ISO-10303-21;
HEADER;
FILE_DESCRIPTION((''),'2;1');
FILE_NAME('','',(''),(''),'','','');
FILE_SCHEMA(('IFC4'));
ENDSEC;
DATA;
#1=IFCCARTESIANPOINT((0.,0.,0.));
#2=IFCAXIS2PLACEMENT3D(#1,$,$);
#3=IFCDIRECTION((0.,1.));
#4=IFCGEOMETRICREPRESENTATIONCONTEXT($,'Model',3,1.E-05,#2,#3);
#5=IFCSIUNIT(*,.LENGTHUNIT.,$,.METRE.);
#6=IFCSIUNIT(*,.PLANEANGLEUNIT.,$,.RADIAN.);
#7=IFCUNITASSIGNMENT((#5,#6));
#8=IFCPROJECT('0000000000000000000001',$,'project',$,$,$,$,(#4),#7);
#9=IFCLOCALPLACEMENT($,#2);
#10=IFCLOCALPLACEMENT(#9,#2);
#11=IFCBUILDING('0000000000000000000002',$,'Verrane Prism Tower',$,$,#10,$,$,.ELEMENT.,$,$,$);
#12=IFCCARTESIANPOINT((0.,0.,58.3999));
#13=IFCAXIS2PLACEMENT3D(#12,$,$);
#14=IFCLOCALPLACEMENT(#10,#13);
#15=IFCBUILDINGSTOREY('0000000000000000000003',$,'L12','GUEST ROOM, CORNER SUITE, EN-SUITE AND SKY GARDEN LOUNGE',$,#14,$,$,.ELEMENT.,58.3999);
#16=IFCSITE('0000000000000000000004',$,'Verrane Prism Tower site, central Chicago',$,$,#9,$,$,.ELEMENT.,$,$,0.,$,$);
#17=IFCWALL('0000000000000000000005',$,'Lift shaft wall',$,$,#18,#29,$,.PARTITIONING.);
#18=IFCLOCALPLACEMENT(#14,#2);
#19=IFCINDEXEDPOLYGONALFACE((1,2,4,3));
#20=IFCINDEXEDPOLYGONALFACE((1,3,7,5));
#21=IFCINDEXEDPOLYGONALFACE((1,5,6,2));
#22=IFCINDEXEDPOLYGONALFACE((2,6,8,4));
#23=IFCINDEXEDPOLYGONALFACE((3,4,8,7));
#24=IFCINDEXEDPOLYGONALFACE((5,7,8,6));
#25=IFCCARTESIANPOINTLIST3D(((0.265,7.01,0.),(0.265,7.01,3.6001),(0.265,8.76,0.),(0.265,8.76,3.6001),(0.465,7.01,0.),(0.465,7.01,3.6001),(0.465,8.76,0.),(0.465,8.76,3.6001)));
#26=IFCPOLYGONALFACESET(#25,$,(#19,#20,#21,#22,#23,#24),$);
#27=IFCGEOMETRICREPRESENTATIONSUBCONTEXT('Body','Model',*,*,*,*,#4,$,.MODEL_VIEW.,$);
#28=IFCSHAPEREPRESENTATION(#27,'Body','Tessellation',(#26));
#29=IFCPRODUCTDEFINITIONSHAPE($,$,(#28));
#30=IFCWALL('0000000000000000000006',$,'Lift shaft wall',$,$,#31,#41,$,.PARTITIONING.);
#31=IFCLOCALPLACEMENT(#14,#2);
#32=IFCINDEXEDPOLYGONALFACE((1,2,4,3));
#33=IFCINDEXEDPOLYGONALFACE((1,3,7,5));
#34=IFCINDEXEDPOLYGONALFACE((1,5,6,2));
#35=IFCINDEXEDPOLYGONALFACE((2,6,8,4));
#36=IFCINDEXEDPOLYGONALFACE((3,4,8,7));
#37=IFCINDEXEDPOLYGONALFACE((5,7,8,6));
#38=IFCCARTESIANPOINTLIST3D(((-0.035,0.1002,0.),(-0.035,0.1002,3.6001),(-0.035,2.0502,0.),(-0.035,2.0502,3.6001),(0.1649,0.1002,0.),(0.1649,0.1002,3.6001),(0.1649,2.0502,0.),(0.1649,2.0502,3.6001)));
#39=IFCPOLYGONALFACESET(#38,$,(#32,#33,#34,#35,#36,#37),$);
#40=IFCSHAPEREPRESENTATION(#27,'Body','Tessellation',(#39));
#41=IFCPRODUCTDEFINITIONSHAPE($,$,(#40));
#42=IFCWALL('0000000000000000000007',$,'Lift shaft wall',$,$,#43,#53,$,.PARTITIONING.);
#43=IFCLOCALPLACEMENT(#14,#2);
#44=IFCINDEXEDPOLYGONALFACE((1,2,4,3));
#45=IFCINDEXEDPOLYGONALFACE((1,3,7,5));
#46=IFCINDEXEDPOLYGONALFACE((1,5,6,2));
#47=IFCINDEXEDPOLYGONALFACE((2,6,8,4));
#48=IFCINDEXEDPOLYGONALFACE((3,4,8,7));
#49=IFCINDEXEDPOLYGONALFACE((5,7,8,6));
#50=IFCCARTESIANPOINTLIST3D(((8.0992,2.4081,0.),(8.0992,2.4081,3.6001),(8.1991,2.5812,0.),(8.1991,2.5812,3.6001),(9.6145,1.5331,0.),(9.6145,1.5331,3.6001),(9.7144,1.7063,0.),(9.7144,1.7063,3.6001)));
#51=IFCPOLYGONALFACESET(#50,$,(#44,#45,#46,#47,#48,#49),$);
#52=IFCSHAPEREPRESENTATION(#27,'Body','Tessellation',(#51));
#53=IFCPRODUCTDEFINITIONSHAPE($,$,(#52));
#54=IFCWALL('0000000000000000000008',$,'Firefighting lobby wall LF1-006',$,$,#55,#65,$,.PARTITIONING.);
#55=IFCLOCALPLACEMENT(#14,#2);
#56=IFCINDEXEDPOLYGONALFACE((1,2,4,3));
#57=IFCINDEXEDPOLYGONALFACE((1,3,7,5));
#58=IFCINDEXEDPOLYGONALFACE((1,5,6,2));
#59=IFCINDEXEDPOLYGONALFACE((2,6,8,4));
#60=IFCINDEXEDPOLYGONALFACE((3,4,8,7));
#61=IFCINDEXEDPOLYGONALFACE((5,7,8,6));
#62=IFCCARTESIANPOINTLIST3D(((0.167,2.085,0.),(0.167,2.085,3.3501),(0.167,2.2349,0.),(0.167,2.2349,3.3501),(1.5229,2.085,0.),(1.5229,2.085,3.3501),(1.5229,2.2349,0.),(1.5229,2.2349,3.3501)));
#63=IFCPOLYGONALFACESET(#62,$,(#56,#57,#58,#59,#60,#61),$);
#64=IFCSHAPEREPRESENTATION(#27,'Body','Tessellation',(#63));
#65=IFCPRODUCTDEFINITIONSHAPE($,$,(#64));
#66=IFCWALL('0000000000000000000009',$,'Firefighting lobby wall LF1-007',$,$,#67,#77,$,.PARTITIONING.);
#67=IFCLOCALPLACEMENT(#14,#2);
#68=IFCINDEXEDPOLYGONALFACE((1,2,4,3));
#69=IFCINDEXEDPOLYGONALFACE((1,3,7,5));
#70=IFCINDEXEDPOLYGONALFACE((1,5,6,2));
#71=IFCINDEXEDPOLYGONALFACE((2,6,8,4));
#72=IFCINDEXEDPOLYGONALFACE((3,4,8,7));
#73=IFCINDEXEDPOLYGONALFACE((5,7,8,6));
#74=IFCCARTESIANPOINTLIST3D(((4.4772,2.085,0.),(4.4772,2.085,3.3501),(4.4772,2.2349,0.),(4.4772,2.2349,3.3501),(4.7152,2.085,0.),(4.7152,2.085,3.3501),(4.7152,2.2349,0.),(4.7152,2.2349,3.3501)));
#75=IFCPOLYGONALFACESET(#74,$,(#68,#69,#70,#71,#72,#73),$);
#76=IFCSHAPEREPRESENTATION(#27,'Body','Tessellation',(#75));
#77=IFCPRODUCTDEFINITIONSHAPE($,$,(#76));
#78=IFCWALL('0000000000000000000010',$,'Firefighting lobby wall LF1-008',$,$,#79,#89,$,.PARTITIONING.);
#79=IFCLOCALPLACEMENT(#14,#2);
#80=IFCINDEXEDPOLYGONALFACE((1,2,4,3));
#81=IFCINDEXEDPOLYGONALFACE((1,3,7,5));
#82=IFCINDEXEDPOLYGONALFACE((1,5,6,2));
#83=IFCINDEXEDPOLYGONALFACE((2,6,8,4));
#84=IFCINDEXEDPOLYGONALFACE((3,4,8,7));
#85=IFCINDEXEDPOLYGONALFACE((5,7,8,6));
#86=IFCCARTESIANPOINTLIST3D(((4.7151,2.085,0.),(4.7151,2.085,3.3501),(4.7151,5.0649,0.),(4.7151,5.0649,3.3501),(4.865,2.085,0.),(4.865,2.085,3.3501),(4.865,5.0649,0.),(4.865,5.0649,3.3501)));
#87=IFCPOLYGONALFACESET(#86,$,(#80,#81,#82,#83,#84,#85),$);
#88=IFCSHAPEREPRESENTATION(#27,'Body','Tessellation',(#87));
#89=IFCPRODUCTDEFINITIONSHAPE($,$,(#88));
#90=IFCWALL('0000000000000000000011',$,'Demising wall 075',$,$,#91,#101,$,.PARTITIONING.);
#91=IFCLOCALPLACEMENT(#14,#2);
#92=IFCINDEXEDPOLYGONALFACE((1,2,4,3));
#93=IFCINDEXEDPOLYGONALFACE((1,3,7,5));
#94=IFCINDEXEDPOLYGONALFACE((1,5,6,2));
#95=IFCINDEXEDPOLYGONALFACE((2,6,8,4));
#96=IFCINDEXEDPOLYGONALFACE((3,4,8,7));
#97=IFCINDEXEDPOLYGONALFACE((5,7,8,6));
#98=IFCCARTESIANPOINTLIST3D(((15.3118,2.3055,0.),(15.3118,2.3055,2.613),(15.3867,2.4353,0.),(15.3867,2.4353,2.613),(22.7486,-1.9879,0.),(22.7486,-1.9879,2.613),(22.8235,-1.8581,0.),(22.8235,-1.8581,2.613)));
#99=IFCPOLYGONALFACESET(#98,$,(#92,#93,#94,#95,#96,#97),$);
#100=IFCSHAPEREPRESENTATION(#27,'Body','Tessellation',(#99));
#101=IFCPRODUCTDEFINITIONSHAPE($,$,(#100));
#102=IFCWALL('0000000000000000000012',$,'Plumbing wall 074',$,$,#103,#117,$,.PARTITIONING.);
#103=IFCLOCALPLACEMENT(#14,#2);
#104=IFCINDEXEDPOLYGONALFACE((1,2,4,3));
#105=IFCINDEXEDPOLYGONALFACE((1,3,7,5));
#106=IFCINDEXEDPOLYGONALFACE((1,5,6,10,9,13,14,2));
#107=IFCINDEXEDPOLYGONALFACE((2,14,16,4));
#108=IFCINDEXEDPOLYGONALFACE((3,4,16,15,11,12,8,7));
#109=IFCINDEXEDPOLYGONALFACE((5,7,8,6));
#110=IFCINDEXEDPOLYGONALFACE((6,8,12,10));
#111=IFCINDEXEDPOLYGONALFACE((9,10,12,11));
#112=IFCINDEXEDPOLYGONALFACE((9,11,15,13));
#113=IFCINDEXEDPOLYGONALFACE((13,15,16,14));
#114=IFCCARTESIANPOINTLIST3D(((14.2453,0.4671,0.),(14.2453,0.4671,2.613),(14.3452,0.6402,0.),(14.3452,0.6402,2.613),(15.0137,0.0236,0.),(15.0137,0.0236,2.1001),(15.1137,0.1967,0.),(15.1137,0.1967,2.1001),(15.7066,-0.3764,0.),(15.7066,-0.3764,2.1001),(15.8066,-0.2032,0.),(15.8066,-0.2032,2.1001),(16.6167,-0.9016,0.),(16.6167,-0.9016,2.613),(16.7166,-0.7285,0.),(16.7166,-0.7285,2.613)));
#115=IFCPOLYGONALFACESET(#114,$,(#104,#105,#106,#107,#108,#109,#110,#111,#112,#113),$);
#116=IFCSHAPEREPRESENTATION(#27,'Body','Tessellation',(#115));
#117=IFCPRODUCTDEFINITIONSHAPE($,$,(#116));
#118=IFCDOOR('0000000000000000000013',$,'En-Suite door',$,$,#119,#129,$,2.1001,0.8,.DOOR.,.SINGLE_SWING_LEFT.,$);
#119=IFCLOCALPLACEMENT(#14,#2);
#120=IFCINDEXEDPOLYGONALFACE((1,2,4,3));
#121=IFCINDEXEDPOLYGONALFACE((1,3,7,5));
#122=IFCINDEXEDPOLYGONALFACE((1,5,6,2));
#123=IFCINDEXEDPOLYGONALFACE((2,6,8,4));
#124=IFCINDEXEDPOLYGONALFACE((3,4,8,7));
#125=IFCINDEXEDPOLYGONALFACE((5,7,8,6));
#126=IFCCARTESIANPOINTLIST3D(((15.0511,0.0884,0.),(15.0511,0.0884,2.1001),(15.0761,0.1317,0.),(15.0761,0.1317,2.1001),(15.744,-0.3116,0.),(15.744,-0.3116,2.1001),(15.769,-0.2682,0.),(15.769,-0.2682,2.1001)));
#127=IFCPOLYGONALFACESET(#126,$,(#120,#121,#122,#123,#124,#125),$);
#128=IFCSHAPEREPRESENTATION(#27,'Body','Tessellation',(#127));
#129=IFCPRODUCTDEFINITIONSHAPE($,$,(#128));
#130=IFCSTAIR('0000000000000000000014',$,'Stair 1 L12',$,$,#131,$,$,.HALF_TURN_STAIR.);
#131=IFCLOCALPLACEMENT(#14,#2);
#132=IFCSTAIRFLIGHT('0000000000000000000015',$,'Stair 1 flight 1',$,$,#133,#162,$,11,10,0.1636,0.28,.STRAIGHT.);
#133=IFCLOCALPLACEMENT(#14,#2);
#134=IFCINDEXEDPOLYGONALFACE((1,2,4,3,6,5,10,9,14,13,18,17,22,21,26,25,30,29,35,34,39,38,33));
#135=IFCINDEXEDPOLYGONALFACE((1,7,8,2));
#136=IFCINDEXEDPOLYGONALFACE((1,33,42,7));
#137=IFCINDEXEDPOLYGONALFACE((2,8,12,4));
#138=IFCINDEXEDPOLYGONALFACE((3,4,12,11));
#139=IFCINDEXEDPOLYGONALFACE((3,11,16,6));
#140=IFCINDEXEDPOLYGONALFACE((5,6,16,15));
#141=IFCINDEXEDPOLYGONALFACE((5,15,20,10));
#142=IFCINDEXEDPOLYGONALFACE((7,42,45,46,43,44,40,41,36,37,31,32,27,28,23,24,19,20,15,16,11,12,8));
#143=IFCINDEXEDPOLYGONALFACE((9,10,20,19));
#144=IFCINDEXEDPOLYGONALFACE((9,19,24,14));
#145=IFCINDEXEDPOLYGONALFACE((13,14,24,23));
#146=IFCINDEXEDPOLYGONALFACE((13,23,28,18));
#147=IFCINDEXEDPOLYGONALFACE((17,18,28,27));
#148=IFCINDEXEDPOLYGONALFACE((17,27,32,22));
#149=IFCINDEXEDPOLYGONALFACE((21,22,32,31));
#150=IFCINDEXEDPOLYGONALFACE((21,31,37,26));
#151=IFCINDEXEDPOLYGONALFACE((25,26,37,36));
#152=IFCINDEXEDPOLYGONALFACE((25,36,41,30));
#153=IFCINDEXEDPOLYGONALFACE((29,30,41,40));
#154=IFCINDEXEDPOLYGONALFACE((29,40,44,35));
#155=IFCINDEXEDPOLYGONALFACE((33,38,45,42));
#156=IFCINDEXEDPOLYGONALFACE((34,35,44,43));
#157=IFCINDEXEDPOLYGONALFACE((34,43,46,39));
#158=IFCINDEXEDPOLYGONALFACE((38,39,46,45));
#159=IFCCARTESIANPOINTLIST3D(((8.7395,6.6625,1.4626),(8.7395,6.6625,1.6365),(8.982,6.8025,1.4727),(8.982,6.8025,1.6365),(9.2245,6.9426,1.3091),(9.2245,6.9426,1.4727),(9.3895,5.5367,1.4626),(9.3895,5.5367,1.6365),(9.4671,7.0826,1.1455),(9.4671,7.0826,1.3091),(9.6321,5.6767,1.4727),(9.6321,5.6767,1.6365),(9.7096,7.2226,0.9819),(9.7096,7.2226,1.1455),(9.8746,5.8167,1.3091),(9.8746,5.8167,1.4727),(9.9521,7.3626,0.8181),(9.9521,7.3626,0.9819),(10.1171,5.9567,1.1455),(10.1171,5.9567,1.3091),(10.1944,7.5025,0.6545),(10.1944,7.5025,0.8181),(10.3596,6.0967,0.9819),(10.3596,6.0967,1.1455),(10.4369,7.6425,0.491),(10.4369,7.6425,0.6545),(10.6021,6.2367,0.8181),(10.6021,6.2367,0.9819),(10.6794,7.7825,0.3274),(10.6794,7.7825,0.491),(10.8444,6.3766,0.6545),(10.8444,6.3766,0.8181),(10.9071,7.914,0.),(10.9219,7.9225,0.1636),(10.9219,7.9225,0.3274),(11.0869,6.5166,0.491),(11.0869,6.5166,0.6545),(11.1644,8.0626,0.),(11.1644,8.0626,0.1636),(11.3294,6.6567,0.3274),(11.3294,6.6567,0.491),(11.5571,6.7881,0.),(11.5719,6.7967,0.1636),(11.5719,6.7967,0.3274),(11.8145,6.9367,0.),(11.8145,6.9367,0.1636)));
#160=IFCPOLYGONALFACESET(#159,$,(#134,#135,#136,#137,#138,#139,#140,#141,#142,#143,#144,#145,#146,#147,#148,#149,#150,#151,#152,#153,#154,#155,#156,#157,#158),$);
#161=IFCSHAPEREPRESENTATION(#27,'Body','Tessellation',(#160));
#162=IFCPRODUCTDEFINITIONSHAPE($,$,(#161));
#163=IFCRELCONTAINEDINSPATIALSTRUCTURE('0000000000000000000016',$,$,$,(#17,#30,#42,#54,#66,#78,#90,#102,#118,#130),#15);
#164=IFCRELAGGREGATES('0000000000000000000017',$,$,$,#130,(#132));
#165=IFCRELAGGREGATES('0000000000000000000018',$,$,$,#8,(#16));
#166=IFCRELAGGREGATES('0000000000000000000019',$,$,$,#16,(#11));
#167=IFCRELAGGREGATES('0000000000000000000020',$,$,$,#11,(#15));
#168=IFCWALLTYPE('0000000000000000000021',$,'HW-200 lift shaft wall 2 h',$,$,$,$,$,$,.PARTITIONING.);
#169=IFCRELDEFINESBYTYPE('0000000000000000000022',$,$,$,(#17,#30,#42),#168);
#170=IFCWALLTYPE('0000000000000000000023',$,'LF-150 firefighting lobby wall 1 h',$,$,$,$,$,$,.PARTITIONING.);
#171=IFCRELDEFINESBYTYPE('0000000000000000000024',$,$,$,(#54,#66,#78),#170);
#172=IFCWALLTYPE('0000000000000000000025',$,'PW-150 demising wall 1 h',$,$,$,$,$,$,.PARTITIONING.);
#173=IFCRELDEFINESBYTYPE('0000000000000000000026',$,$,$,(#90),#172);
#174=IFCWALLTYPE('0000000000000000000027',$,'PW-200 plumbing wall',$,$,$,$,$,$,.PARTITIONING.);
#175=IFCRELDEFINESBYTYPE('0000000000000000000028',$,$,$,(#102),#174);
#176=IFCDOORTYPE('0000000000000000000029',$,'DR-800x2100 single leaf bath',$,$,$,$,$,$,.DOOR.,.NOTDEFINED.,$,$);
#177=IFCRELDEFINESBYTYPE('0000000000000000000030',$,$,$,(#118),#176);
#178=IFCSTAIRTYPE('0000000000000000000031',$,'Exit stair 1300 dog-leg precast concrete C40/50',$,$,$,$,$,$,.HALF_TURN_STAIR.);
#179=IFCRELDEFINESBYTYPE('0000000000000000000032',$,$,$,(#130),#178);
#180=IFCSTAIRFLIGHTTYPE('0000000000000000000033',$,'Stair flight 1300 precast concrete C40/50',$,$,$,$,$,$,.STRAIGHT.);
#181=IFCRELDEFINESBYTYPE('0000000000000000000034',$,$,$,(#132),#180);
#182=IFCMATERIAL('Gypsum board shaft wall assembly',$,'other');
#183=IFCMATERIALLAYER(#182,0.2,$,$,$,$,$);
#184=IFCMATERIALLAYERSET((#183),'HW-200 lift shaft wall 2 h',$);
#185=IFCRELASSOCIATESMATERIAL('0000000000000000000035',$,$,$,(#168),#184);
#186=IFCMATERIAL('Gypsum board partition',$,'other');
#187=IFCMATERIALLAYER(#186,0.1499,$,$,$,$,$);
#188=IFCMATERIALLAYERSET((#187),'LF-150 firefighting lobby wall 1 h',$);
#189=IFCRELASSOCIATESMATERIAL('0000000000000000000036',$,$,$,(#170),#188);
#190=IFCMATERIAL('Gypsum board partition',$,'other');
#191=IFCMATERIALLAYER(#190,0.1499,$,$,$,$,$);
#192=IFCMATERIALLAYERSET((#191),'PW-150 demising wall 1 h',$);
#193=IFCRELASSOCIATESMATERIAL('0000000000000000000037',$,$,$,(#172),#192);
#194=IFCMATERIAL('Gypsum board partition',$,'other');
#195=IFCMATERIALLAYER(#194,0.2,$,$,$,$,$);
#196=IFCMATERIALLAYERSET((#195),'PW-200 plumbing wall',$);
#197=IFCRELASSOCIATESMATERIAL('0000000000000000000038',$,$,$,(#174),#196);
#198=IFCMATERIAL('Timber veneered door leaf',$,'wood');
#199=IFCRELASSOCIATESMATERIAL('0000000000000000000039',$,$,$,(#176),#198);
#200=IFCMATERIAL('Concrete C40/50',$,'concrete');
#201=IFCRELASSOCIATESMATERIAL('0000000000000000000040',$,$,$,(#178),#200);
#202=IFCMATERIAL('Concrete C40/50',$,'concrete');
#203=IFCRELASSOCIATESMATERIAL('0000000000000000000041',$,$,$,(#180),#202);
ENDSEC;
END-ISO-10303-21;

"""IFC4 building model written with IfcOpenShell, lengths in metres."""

from ifc_helpers import new_model, si_unit, direction, frame, frame_2d, origin, place, context, subcontext, project, spatial, polyline, rectangle, outline, extrude, material, layer, layer_set, type_object, element, fill, aggregate, save


model = new_model("IFC4")

# Units and contexts
model_context = context("Model", 3, precision=1e-05, world=origin(), true_north=direction((0.0, 1.0)))
body_context = subcontext(model_context, "Body", "Model", "MODEL_VIEW")
ifc_project = project(units=[si_unit("LENGTHUNIT", "METRE"), si_unit("PLANEANGLEUNIT", "RADIAN")], contexts=[model_context])

# Site, building, storey
site_placement = place(None, origin())
site = spatial("IfcSite", under=ifc_project, at=site_placement, Name="Verrane Prism Tower site, central Chicago", CompositionType="ELEMENT", RefElevation=0.0)
building_placement = place(site_placement, origin())
building = spatial("IfcBuilding", under=site, at=building_placement, Name="Verrane Prism Tower", CompositionType="ELEMENT")
storey_placement = place(building_placement, frame((0.0, 0.0, 58.3999)))
storey = spatial("IfcBuildingStorey", under=building, at=storey_placement, Name="L12", Description="GUEST ROOM, CORNER SUITE, EN-SUITE AND SKY GARDEN LOUNGE", CompositionType="ELEMENT", Elevation=58.3999)

# Shared definitions
ifc_material_1 = material(Name="Gypsum board shaft wall assembly", Category="other")
ifc_layer_1 = layer(ifc_material_1, 0.2)
ifc_layer_set_1 = layer_set([ifc_layer_1], Name="HW-200 lift shaft wall 2 h")
wall_type_1 = type_object("IfcWallType", Name="HW-200 lift shaft wall 2 h", PredefinedType="PARTITIONING", material=ifc_layer_set_1)

# Walls
wall_1_placement = place(storey_placement, frame((0.365, 7.01, 0.0), z_axis=(0.0, 0.0, 1.0), x_axis=(0.0, 1.0, 0.0)))
element("IfcWall", 1, at=wall_1_placement, inside=storey, type_object=wall_type_1, Name="Lift shaft wall", PredefinedType="PARTITIONING", context=body_context, shape_type="SweptSolid", body=[
    extrude(rectangle(XDim=1.75, YDim=0.2, at=frame_2d((0.875, 0.0))), origin(), (0.0, 0.0, 1.0), 3.6001),
])
wall_2_placement = place(storey_placement, frame((0.0649, 0.1001, 0.0), z_axis=(0.0, 0.0, 1.0), x_axis=(0.0, 1.0, 0.0)))
element("IfcWall", 2, at=wall_2_placement, inside=storey, type_object=wall_type_1, Name="Lift shaft wall", PredefinedType="PARTITIONING", context=body_context, shape_type="SweptSolid", body=[
    extrude(rectangle(XDim=1.95, YDim=0.2, at=frame_2d((0.9751, 0.0))), origin(), (0.0, 0.0, 1.0), 3.6001),
])
wall_3_placement = place(storey_placement, frame((9.6646, 1.6196, 0.0), z_axis=(0.0, 0.0, 1.0), x_axis=(-0.866002, 0.50004, 0.0)))
element("IfcWall", 3, at=wall_3_placement, inside=storey, type_object=wall_type_1, Name="Lift shaft wall", PredefinedType="PARTITIONING", context=body_context, shape_type="SweptSolid", body=[
    extrude(rectangle(XDim=1.7498, YDim=0.2, at=frame_2d((0.875, 0.0))), origin(), (0.0, 0.0, 1.0), 3.6001),
])
ifc_material_2 = material(Name="Gypsum board partition", Category="other")
ifc_layer_2 = layer(ifc_material_2, 0.1499)
ifc_layer_set_2 = layer_set([ifc_layer_2], Name="LF-150 firefighting lobby wall 1 h")
wall_type_2 = type_object("IfcWallType", Name="LF-150 firefighting lobby wall 1 h", PredefinedType="PARTITIONING", material=ifc_layer_set_2)
wall_4_placement = place(storey_placement, frame((0.167, 2.1599, 0.0), z_axis=(0.0, 0.0, 1.0), x_axis=(1.0, 0.0, 0.0)))
element("IfcWall", 4, at=wall_4_placement, inside=storey, type_object=wall_type_2, Name="Firefighting lobby wall LF1-006", PredefinedType="PARTITIONING", context=body_context, shape_type="SweptSolid", body=[
    extrude(rectangle(XDim=1.356, YDim=0.1499, at=frame_2d((0.678, 0.0))), origin(), (0.0, 0.0, 1.0), 3.3501),
])
wall_5_placement = place(storey_placement, frame((4.4771, 2.1599, 0.0), z_axis=(0.0, 0.0, 1.0), x_axis=(1.0, 0.0, 0.0)))
element("IfcWall", 5, at=wall_5_placement, inside=storey, type_object=wall_type_2, Name="Firefighting lobby wall LF1-007", PredefinedType="PARTITIONING", context=body_context, shape_type="SweptSolid", body=[
    extrude(rectangle(XDim=0.238, YDim=0.1499, at=frame_2d((0.1191, 0.0))), origin(), (0.0, 0.0, 1.0), 3.3501),
])
wall_6_placement = place(storey_placement, frame((4.79, 2.085, 0.0), z_axis=(0.0, 0.0, 1.0), x_axis=(0.0, 1.0, 0.0)))
element("IfcWall", 6, at=wall_6_placement, inside=storey, type_object=wall_type_2, Name="Firefighting lobby wall LF1-008", PredefinedType="PARTITIONING", context=body_context, shape_type="SweptSolid", body=[
    extrude(rectangle(XDim=2.98, YDim=0.1499, at=frame_2d((1.49, 0.0))), origin(), (0.0, 0.0, 1.0), 3.3501),
])
ifc_material_3 = material(Name="Gypsum board partition", Category="other")
ifc_layer_3 = layer(ifc_material_3, 0.1499)
ifc_layer_set_3 = layer_set([ifc_layer_3], Name="PW-150 demising wall 1 h")
wall_type_3 = type_object("IfcWallType", Name="PW-150 demising wall 1 h", PredefinedType="PARTITIONING", material=ifc_layer_set_3)
wall_7_placement = place(storey_placement, frame((15.3494, 2.3704, 0.0), z_axis=(0.0, 0.0, 1.0), x_axis=(0.866034, -0.499986, 0.0)))
element("IfcWall", 7, at=wall_7_placement, inside=storey, type_object=wall_type_3, Name="Demising wall 075", PredefinedType="PARTITIONING", context=body_context, shape_type="SweptSolid", body=[
    extrude(rectangle(XDim=8.5872, YDim=0.1499, at=frame_2d((4.2935, 0.0))), origin(), (0.0, 0.0, 1.0), 2.613),
])

# Wall, opening, door
ifc_material_4 = material(Name="Gypsum board partition", Category="other")
ifc_layer_4 = layer(ifc_material_4, 0.2)
ifc_layer_set_4 = layer_set([ifc_layer_4], Name="PW-200 plumbing wall")
wall_type_4 = type_object("IfcWallType", Name="PW-200 plumbing wall", PredefinedType="PARTITIONING", material=ifc_layer_set_4)
wall_8_placement = place(storey_placement, frame((14.2952, 0.5537, 0.0), z_axis=(0.0, 0.0, 1.0), x_axis=(0.866095, -0.499879, 0.0)))
wall_8 = element("IfcWall", 8, at=wall_8_placement, inside=storey, type_object=wall_type_4, Name="Plumbing wall 074", PredefinedType="PARTITIONING", context=body_context, shape_type="SweptSolid", body=[
    extrude(rectangle(XDim=2.738, YDim=0.2, at=frame_2d((1.3691, 0.0))), origin(), (0.0, 0.0, 1.0), 2.613),
])
opening_1_placement = place(wall_8_placement, frame((0.8875, 0.0, 0.0)))
opening_1 = element("IfcOpeningElement", 9, at=opening_1_placement, cuts=wall_8, PredefinedType="OPENING", context=body_context, shape_type="SweptSolid", body=[
    extrude(rectangle(XDim=0.8, YDim=2.1001, at=frame_2d((0.3999, 1.05))), frame((0.0, 0.1099, 0.0), z_axis=(0.0, -1.0, 0.0), x_axis=(1.0, 0.0, 0.0)), (0.0, 0.0, 1.0), 0.22),
])
ifc_material_5 = material(Name="Timber veneered door leaf", Category="wood")
door_type_1 = type_object("IfcDoorType", Name="DR-800x2100 single leaf bath", OperationType="NOTDEFINED", PredefinedType="DOOR", material=ifc_material_5)
door_1_placement = place(opening_1_placement, origin())
door_1 = element("IfcDoor", 10, at=door_1_placement, inside=storey, type_object=door_type_1, Name="En-Suite door", OperationType="SINGLE_SWING_LEFT", OverallHeight=2.1001, OverallWidth=0.8, PredefinedType="DOOR", context=body_context, shape_type="SweptSolid", body=[
    extrude(rectangle(XDim=0.8, YDim=2.1001, at=frame_2d((0.3999, 1.05))), frame((0.0, 0.0249, 0.0), z_axis=(0.0, -1.0, 0.0), x_axis=(1.0, 0.0, 0.0)), (0.0, 0.0, 1.0), 0.05),
])
fill(opening_1, door_1)

# Stair, stair flight
ifc_material_6 = material(Name="Concrete C40/50", Category="concrete")
stair_type = type_object("IfcStairType", Name="Exit stair 1300 dog-leg precast concrete C40/50", PredefinedType="HALF_TURN_STAIR", material=ifc_material_6)
stair_placement = place(storey_placement, origin())
stair = element("IfcStair", 11, at=stair_placement, inside=storey, type_object=stair_type, Name="Stair 1 L12", PredefinedType="HALF_TURN_STAIR")
ifc_material_7 = material(Name="Concrete C40/50", Category="concrete")
stair_flight_type = type_object("IfcStairFlightType", Name="Stair flight 1300 precast concrete C40/50", PredefinedType="STRAIGHT", material=ifc_material_7)
stair_flight_1_placement = place(storey_placement, frame((11.4895, 7.4995, 0.0), z_axis=(0.0, 0.0, 1.0), x_axis=(-0.866025, -0.5, 0.0)))
stair_flight_1 = element("IfcStairFlight", 12, at=stair_flight_1_placement, type_object=stair_flight_type, Name="Stair 1 flight 1", NumberOfRisers=11, NumberOfTreads=10, PredefinedType="STRAIGHT", RiserHeight=0.1636, TreadLength=0.28, context=body_context, shape_type="SweptSolid", body=[
    extrude(outline(polyline([(0.0, 0.0), (0.0, 0.1636), (0.28, 0.1636), (0.28, 0.3274), (0.5601, 0.3274), (0.5601, 0.491), (0.8401, 0.491), (0.8401, 0.6545), (1.1201, 0.6545), (1.1201, 0.8181), (1.3999, 0.8181), (1.3999, 0.9819), (1.6799, 0.9819), (1.6799, 1.1455), (1.96, 1.1455), (1.96, 1.3091), (2.24, 1.3091), (2.24, 1.4727), (2.52, 1.4727), (2.52, 1.6365), (2.8, 1.6365), (2.8, 1.8), (2.8, 1.4626), (0.2971, 0.0), (0.0, 0.0)])), frame((0.0, 0.6499, 0.0), z_axis=(0.0, -1.0, 0.0), x_axis=(1.0, 0.0, 0.0)), (0.0, 0.0, 1.0), 1.3),
])
aggregate(stair, [stair_flight_1])

save(model, "model.ifc")
